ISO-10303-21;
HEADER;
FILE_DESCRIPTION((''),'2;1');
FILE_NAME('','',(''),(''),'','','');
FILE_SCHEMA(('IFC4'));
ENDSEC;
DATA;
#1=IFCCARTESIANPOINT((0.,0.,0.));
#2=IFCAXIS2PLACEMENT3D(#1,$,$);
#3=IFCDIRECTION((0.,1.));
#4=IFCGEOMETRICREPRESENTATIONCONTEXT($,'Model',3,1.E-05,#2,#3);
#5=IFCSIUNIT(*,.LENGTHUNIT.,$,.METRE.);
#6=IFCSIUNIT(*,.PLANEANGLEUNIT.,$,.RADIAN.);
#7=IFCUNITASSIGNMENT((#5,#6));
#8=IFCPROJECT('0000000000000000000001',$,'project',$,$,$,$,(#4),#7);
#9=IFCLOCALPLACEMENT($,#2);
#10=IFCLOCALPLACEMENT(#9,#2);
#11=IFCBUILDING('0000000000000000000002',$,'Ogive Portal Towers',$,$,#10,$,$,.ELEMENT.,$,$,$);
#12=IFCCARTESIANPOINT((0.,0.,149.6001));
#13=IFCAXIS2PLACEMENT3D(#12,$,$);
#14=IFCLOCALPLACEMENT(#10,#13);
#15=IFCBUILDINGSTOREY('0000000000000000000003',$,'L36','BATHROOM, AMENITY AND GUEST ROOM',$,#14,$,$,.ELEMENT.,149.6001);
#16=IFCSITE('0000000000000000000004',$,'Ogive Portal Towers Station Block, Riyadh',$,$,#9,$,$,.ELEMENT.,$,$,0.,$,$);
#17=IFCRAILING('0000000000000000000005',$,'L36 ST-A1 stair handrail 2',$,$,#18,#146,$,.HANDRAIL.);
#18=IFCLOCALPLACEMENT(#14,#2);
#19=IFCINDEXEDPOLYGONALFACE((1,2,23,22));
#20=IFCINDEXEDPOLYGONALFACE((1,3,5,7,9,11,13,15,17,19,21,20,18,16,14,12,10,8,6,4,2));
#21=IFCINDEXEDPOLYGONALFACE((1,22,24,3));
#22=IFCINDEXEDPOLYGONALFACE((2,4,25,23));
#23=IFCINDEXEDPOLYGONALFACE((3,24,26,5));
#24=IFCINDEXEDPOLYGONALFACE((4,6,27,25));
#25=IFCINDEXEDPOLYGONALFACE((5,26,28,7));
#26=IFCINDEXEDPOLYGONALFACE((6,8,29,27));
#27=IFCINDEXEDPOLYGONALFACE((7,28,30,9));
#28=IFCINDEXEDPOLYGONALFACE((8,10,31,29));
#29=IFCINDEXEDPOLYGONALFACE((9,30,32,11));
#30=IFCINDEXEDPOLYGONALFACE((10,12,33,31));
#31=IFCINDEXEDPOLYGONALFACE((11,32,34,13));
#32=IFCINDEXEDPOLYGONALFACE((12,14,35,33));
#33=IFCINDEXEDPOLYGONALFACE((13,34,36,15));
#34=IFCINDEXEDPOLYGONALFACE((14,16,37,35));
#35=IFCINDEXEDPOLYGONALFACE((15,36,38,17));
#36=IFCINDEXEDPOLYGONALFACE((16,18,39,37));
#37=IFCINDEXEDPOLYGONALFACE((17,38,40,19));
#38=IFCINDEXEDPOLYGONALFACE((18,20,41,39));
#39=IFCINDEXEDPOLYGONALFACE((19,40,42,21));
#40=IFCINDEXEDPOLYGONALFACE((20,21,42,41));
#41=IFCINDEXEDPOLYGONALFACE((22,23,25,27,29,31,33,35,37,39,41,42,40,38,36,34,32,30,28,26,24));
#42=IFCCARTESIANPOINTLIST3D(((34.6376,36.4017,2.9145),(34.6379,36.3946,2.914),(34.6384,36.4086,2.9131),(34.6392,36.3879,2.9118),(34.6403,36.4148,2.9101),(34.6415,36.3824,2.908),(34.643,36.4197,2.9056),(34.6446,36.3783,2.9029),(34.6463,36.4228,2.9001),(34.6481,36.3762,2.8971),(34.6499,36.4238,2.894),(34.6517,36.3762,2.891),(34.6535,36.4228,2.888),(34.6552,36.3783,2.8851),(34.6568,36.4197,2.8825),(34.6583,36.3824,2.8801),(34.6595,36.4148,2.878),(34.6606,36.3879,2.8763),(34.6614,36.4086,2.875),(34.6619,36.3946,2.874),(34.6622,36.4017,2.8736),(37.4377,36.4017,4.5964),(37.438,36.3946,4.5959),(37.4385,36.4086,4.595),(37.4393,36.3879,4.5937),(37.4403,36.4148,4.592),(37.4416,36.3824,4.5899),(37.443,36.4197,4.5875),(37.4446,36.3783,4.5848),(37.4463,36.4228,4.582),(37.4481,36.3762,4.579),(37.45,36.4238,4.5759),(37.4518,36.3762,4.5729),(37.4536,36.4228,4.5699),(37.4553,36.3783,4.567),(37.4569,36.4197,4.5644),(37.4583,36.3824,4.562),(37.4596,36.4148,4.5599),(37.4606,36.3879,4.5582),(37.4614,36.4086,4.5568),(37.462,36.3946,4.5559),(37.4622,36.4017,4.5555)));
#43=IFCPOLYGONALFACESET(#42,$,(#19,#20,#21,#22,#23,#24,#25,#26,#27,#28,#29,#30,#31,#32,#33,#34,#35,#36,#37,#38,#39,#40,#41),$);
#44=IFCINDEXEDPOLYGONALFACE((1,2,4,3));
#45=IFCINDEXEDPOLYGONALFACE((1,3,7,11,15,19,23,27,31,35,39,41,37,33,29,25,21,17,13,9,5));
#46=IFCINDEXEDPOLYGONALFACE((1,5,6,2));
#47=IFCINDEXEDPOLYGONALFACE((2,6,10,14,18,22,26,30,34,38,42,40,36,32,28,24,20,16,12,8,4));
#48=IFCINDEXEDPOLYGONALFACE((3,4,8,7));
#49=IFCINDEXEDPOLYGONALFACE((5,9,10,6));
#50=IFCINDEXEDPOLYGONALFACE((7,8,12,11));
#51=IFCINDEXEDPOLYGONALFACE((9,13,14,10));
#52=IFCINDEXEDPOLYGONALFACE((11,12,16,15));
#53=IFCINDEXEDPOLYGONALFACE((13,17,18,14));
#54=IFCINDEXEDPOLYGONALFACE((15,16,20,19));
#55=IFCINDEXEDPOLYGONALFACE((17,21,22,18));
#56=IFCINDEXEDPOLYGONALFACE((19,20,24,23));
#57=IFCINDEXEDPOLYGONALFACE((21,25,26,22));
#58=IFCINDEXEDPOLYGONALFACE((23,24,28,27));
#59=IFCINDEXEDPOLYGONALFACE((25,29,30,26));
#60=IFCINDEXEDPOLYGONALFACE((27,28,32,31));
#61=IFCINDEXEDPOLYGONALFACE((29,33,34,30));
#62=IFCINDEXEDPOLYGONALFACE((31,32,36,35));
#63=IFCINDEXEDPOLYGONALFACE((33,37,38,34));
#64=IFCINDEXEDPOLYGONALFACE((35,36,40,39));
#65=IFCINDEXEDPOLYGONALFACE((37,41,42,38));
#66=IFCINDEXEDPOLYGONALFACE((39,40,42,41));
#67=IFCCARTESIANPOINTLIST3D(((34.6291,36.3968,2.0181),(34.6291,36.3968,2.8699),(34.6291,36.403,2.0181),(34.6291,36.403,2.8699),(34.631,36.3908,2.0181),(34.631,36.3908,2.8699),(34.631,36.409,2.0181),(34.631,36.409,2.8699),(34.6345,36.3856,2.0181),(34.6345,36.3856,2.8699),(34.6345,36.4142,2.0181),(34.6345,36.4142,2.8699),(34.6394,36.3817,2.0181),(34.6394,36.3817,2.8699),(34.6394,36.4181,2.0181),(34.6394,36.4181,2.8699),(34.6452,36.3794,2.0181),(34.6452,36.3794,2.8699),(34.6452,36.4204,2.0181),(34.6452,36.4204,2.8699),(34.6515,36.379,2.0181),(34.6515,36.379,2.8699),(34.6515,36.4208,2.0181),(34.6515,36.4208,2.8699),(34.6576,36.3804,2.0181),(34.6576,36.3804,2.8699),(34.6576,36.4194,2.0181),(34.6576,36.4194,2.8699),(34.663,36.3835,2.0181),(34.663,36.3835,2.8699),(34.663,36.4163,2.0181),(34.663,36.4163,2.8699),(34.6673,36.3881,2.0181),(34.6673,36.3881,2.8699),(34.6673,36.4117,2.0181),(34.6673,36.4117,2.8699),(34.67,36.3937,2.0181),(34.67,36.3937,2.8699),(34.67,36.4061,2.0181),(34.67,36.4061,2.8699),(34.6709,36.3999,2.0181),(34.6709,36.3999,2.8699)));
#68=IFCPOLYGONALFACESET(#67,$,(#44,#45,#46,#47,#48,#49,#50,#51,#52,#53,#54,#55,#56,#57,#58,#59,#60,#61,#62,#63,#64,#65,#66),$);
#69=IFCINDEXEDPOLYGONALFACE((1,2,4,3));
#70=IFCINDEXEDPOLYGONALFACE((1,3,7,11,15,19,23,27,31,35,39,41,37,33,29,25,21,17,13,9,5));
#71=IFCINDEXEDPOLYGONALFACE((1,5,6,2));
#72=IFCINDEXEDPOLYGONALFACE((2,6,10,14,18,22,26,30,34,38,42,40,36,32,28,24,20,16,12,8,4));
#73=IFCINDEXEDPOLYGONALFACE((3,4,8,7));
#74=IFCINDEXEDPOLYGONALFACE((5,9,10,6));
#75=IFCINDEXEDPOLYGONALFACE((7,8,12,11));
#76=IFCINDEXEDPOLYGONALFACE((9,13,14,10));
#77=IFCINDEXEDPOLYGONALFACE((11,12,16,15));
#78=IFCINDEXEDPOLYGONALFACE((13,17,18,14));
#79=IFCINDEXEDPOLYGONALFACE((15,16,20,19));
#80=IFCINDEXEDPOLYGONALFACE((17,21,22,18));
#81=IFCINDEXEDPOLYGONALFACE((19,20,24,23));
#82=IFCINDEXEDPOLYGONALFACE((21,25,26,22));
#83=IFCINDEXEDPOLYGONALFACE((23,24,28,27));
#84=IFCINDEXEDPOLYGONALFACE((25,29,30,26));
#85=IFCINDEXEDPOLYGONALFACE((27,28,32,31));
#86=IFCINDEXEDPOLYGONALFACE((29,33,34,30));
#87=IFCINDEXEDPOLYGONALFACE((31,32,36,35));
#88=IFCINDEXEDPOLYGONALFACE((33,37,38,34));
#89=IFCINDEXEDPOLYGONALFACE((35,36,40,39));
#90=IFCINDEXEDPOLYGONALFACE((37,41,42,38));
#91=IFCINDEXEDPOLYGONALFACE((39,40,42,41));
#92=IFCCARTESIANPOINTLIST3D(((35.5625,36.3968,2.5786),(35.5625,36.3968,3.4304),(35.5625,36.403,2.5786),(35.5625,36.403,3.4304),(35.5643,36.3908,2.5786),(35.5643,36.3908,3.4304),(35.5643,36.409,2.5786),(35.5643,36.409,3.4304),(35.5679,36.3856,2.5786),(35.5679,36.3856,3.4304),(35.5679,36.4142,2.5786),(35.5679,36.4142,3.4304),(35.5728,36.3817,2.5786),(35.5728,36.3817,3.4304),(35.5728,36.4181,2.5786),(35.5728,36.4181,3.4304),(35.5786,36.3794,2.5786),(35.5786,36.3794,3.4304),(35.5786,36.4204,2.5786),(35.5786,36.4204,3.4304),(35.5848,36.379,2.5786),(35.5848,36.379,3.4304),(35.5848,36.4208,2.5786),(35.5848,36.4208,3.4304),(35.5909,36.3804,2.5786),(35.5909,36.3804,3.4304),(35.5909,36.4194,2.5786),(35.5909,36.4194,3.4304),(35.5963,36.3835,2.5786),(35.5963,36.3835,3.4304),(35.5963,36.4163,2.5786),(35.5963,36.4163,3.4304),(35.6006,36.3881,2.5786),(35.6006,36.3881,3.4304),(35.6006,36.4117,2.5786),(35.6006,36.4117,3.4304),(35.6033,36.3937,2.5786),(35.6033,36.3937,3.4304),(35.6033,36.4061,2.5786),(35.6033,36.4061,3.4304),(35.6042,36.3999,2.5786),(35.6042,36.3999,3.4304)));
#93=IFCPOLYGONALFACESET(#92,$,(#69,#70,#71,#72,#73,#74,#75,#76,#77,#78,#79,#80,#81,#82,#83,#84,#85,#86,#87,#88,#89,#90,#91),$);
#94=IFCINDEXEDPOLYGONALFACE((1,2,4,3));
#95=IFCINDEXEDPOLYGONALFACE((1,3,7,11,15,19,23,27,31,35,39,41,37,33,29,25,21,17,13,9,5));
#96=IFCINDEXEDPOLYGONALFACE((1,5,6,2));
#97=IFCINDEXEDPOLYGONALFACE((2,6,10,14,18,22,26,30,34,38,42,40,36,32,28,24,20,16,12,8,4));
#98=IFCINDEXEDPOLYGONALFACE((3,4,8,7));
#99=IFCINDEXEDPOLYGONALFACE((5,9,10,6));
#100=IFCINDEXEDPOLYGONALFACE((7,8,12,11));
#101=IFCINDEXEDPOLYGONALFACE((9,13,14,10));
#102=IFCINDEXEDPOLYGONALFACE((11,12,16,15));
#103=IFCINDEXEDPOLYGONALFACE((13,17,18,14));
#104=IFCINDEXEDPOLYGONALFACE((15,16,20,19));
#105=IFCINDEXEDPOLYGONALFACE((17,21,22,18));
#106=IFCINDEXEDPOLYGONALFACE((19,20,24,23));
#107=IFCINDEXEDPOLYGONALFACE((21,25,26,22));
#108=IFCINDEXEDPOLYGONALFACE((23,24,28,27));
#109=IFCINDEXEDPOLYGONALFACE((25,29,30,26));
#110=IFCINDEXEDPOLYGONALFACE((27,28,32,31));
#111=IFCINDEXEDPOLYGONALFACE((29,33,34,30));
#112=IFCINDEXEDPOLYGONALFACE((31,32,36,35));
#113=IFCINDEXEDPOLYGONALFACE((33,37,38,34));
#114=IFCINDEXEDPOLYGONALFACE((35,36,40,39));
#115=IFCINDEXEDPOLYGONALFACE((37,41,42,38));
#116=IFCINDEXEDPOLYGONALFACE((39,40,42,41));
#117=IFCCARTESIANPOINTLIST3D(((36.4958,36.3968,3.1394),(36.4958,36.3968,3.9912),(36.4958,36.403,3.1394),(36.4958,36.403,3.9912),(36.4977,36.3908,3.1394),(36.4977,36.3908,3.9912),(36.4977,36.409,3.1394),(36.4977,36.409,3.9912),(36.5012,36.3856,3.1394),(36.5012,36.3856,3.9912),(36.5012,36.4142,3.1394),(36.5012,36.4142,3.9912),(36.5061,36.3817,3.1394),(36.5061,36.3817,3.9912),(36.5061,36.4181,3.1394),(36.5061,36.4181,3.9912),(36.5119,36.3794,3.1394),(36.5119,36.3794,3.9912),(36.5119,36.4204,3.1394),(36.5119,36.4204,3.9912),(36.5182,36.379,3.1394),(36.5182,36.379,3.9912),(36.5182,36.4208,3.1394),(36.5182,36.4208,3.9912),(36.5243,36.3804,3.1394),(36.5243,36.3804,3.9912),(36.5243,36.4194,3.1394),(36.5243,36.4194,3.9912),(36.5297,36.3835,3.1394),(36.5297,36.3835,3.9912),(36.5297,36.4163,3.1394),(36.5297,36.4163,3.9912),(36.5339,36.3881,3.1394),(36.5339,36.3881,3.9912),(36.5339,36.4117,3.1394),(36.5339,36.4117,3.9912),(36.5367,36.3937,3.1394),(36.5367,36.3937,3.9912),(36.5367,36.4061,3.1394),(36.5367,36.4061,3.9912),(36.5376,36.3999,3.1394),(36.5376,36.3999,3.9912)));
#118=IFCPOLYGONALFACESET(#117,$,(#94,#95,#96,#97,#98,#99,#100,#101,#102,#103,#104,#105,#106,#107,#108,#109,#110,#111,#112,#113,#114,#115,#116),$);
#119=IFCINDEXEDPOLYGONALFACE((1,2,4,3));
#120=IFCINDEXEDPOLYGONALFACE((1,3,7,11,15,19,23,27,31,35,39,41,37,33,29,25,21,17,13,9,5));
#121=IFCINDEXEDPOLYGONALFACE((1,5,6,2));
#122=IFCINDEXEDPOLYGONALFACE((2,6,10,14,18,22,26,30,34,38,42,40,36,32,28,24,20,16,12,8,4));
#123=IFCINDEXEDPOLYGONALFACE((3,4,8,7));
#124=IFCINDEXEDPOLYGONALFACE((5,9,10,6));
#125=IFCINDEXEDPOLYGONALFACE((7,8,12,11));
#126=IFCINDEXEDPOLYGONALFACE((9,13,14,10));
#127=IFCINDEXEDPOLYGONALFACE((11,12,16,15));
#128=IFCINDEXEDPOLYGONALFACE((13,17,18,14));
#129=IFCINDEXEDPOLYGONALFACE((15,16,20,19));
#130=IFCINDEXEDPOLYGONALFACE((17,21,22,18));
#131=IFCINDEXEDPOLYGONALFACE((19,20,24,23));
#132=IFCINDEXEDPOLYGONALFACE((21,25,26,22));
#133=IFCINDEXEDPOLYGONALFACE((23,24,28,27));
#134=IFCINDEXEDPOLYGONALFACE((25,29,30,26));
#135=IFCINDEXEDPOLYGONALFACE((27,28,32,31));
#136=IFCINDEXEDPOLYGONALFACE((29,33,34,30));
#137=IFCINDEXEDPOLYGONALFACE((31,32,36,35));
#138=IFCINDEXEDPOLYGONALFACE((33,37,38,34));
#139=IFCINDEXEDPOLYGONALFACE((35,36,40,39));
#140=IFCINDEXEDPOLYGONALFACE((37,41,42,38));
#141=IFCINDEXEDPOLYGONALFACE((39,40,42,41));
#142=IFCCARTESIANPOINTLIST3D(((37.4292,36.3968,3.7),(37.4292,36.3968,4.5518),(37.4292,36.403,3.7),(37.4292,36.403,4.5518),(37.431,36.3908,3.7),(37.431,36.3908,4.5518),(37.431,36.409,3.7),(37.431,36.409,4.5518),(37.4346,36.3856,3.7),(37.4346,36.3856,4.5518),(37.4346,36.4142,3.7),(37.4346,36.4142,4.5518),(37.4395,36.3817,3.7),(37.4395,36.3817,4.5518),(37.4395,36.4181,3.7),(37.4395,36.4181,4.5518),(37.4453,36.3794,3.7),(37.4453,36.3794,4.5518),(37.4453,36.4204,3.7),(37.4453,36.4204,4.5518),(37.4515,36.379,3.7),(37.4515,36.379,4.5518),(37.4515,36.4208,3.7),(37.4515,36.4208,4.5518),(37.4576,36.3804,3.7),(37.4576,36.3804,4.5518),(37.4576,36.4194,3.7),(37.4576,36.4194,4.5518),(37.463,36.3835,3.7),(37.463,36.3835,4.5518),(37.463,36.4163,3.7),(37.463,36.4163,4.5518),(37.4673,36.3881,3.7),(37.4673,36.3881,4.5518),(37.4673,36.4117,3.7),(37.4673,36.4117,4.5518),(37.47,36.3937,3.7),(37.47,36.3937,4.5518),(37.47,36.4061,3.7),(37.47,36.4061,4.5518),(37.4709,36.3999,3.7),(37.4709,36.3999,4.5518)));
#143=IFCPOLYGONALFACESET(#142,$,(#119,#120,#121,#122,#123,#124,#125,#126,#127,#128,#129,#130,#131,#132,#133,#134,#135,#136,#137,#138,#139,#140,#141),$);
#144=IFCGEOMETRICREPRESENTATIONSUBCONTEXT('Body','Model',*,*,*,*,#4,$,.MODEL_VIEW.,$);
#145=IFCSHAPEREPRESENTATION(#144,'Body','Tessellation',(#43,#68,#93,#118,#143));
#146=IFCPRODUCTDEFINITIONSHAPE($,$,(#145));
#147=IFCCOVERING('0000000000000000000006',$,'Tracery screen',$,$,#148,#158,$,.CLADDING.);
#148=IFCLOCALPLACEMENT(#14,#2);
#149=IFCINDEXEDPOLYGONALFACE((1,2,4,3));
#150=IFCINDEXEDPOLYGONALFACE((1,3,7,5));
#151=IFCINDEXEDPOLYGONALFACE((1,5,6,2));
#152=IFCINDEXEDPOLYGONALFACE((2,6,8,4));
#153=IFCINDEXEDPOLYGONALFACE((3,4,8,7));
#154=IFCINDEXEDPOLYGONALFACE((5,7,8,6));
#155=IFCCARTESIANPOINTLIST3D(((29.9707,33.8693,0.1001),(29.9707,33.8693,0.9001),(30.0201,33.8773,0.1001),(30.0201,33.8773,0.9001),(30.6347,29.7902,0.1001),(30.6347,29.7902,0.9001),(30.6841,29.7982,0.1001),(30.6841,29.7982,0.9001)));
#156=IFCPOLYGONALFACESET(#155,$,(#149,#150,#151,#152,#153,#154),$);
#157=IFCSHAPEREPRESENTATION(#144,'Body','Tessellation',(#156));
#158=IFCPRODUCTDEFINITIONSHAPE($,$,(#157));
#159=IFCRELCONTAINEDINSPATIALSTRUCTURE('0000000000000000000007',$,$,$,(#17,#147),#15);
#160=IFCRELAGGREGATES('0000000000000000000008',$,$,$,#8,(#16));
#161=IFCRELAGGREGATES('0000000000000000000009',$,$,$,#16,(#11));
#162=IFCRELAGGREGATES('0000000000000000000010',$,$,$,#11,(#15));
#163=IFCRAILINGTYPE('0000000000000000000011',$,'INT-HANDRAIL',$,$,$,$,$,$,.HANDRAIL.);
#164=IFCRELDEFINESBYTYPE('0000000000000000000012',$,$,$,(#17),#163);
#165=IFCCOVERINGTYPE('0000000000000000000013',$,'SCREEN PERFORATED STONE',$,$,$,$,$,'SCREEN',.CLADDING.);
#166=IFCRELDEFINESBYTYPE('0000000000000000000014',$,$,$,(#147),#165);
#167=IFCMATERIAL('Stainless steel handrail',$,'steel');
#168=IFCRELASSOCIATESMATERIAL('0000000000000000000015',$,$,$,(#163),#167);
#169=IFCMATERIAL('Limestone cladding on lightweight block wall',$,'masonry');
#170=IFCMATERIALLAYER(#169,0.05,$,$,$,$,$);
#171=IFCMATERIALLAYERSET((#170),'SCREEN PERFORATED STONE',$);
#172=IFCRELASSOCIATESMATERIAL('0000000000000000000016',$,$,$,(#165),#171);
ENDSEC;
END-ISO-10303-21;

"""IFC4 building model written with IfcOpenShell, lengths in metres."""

from ifc_helpers import new_model, si_unit, direction, frame, origin, origin_2d, place, context, subcontext, project, spatial, rectangle, circle, extrude, material, layer, layer_set, type_object, element, save


model = new_model("IFC4")

# Units and contexts
model_context = context("Model", 3, precision=1e-05, world=origin(), true_north=direction((0.0, 1.0)))
body_context = subcontext(model_context, "Body", "Model", "MODEL_VIEW")
ifc_project = project(units=[si_unit("LENGTHUNIT", "METRE"), si_unit("PLANEANGLEUNIT", "RADIAN")], contexts=[model_context])

# Site, building, storey
site_placement = place(None, origin())
site = spatial("IfcSite", under=ifc_project, at=site_placement, Name="Ogive Portal Towers Station Block, Riyadh", CompositionType="ELEMENT", RefElevation=0.0)
building_placement = place(site_placement, origin())
building = spatial("IfcBuilding", under=site, at=building_placement, Name="Ogive Portal Towers", CompositionType="ELEMENT")
storey_placement = place(building_placement, frame((0.0, 0.0, 149.6001)))
storey = spatial("IfcBuildingStorey", under=building, at=storey_placement, Name="L36", Description="BATHROOM, AMENITY AND GUEST ROOM", CompositionType="ELEMENT", Elevation=149.6001)

# Shared definitions
ifc_material_1 = material(Name="Limestone cladding on lightweight block wall", Category="masonry")

# Railing
ifc_material_2 = material(Name="Stainless steel handrail", Category="steel")
railing_type_1 = type_object("IfcRailingType", Name="INT-HANDRAIL", PredefinedType="HANDRAIL", material=ifc_material_2)
railing_1_placement = place(storey_placement, frame((34.6499, 36.3999, 2.0181)))
element("IfcRailing", 1, at=railing_1_placement, inside=storey, type_object=railing_type_1, Name="L36 ST-A1 stair handrail 2", PredefinedType="HANDRAIL", context=body_context, shape_type="SweptSolid", body=[
    extrude(circle(Radius=0.0239, at=origin_2d()), frame((0.0, 0.0, 0.876), z_axis=(0.857242, 0.0, 0.514913), x_axis=(0.0, 1.0, 0.0)), (0.0, 0.0, 1.0), 3.2664),
    extrude(circle(Radius=0.021, at=origin_2d()), origin(), (0.0, 0.0, 1.0), 0.8518),
    extrude(circle(Radius=0.021, at=origin_2d()), frame((0.9333, 0.0, 0.5605)), (0.0, 0.0, 1.0), 0.8518),
    extrude(circle(Radius=0.021, at=origin_2d()), frame((1.8667, 0.0, 1.1213)), (0.0, 0.0, 1.0), 0.8518),
    extrude(circle(Radius=0.021, at=origin_2d()), frame((2.8, 0.0, 1.6819)), (0.0, 0.0, 1.0), 0.8518),
])

# Covering
ifc_layer_1 = layer(ifc_material_1, 0.05)
ifc_layer_set_1 = layer_set([ifc_layer_1], Name="SCREEN PERFORATED STONE")
covering_type = type_object("IfcCoveringType", Name="SCREEN PERFORATED STONE", ElementType="SCREEN", PredefinedType="CLADDING", material=ifc_layer_set_1)
covering_placement = place(storey_placement, frame((30.3274, 31.8337, 0.1001), z_axis=(0.0, 0.0, 1.0), x_axis=(0.160655, -0.987011, 0.0)))
element("IfcCovering", 2, at=covering_placement, inside=storey, type_object=covering_type, Name="Tracery screen", PredefinedType="CLADDING", context=body_context, shape_type="SweptSolid", body=[
    extrude(rectangle(XDim=4.1328, YDim=0.05, at=origin_2d()), origin(), (0.0, 0.0, 1.0), 0.8),
])

save(model, "model.ifc")
